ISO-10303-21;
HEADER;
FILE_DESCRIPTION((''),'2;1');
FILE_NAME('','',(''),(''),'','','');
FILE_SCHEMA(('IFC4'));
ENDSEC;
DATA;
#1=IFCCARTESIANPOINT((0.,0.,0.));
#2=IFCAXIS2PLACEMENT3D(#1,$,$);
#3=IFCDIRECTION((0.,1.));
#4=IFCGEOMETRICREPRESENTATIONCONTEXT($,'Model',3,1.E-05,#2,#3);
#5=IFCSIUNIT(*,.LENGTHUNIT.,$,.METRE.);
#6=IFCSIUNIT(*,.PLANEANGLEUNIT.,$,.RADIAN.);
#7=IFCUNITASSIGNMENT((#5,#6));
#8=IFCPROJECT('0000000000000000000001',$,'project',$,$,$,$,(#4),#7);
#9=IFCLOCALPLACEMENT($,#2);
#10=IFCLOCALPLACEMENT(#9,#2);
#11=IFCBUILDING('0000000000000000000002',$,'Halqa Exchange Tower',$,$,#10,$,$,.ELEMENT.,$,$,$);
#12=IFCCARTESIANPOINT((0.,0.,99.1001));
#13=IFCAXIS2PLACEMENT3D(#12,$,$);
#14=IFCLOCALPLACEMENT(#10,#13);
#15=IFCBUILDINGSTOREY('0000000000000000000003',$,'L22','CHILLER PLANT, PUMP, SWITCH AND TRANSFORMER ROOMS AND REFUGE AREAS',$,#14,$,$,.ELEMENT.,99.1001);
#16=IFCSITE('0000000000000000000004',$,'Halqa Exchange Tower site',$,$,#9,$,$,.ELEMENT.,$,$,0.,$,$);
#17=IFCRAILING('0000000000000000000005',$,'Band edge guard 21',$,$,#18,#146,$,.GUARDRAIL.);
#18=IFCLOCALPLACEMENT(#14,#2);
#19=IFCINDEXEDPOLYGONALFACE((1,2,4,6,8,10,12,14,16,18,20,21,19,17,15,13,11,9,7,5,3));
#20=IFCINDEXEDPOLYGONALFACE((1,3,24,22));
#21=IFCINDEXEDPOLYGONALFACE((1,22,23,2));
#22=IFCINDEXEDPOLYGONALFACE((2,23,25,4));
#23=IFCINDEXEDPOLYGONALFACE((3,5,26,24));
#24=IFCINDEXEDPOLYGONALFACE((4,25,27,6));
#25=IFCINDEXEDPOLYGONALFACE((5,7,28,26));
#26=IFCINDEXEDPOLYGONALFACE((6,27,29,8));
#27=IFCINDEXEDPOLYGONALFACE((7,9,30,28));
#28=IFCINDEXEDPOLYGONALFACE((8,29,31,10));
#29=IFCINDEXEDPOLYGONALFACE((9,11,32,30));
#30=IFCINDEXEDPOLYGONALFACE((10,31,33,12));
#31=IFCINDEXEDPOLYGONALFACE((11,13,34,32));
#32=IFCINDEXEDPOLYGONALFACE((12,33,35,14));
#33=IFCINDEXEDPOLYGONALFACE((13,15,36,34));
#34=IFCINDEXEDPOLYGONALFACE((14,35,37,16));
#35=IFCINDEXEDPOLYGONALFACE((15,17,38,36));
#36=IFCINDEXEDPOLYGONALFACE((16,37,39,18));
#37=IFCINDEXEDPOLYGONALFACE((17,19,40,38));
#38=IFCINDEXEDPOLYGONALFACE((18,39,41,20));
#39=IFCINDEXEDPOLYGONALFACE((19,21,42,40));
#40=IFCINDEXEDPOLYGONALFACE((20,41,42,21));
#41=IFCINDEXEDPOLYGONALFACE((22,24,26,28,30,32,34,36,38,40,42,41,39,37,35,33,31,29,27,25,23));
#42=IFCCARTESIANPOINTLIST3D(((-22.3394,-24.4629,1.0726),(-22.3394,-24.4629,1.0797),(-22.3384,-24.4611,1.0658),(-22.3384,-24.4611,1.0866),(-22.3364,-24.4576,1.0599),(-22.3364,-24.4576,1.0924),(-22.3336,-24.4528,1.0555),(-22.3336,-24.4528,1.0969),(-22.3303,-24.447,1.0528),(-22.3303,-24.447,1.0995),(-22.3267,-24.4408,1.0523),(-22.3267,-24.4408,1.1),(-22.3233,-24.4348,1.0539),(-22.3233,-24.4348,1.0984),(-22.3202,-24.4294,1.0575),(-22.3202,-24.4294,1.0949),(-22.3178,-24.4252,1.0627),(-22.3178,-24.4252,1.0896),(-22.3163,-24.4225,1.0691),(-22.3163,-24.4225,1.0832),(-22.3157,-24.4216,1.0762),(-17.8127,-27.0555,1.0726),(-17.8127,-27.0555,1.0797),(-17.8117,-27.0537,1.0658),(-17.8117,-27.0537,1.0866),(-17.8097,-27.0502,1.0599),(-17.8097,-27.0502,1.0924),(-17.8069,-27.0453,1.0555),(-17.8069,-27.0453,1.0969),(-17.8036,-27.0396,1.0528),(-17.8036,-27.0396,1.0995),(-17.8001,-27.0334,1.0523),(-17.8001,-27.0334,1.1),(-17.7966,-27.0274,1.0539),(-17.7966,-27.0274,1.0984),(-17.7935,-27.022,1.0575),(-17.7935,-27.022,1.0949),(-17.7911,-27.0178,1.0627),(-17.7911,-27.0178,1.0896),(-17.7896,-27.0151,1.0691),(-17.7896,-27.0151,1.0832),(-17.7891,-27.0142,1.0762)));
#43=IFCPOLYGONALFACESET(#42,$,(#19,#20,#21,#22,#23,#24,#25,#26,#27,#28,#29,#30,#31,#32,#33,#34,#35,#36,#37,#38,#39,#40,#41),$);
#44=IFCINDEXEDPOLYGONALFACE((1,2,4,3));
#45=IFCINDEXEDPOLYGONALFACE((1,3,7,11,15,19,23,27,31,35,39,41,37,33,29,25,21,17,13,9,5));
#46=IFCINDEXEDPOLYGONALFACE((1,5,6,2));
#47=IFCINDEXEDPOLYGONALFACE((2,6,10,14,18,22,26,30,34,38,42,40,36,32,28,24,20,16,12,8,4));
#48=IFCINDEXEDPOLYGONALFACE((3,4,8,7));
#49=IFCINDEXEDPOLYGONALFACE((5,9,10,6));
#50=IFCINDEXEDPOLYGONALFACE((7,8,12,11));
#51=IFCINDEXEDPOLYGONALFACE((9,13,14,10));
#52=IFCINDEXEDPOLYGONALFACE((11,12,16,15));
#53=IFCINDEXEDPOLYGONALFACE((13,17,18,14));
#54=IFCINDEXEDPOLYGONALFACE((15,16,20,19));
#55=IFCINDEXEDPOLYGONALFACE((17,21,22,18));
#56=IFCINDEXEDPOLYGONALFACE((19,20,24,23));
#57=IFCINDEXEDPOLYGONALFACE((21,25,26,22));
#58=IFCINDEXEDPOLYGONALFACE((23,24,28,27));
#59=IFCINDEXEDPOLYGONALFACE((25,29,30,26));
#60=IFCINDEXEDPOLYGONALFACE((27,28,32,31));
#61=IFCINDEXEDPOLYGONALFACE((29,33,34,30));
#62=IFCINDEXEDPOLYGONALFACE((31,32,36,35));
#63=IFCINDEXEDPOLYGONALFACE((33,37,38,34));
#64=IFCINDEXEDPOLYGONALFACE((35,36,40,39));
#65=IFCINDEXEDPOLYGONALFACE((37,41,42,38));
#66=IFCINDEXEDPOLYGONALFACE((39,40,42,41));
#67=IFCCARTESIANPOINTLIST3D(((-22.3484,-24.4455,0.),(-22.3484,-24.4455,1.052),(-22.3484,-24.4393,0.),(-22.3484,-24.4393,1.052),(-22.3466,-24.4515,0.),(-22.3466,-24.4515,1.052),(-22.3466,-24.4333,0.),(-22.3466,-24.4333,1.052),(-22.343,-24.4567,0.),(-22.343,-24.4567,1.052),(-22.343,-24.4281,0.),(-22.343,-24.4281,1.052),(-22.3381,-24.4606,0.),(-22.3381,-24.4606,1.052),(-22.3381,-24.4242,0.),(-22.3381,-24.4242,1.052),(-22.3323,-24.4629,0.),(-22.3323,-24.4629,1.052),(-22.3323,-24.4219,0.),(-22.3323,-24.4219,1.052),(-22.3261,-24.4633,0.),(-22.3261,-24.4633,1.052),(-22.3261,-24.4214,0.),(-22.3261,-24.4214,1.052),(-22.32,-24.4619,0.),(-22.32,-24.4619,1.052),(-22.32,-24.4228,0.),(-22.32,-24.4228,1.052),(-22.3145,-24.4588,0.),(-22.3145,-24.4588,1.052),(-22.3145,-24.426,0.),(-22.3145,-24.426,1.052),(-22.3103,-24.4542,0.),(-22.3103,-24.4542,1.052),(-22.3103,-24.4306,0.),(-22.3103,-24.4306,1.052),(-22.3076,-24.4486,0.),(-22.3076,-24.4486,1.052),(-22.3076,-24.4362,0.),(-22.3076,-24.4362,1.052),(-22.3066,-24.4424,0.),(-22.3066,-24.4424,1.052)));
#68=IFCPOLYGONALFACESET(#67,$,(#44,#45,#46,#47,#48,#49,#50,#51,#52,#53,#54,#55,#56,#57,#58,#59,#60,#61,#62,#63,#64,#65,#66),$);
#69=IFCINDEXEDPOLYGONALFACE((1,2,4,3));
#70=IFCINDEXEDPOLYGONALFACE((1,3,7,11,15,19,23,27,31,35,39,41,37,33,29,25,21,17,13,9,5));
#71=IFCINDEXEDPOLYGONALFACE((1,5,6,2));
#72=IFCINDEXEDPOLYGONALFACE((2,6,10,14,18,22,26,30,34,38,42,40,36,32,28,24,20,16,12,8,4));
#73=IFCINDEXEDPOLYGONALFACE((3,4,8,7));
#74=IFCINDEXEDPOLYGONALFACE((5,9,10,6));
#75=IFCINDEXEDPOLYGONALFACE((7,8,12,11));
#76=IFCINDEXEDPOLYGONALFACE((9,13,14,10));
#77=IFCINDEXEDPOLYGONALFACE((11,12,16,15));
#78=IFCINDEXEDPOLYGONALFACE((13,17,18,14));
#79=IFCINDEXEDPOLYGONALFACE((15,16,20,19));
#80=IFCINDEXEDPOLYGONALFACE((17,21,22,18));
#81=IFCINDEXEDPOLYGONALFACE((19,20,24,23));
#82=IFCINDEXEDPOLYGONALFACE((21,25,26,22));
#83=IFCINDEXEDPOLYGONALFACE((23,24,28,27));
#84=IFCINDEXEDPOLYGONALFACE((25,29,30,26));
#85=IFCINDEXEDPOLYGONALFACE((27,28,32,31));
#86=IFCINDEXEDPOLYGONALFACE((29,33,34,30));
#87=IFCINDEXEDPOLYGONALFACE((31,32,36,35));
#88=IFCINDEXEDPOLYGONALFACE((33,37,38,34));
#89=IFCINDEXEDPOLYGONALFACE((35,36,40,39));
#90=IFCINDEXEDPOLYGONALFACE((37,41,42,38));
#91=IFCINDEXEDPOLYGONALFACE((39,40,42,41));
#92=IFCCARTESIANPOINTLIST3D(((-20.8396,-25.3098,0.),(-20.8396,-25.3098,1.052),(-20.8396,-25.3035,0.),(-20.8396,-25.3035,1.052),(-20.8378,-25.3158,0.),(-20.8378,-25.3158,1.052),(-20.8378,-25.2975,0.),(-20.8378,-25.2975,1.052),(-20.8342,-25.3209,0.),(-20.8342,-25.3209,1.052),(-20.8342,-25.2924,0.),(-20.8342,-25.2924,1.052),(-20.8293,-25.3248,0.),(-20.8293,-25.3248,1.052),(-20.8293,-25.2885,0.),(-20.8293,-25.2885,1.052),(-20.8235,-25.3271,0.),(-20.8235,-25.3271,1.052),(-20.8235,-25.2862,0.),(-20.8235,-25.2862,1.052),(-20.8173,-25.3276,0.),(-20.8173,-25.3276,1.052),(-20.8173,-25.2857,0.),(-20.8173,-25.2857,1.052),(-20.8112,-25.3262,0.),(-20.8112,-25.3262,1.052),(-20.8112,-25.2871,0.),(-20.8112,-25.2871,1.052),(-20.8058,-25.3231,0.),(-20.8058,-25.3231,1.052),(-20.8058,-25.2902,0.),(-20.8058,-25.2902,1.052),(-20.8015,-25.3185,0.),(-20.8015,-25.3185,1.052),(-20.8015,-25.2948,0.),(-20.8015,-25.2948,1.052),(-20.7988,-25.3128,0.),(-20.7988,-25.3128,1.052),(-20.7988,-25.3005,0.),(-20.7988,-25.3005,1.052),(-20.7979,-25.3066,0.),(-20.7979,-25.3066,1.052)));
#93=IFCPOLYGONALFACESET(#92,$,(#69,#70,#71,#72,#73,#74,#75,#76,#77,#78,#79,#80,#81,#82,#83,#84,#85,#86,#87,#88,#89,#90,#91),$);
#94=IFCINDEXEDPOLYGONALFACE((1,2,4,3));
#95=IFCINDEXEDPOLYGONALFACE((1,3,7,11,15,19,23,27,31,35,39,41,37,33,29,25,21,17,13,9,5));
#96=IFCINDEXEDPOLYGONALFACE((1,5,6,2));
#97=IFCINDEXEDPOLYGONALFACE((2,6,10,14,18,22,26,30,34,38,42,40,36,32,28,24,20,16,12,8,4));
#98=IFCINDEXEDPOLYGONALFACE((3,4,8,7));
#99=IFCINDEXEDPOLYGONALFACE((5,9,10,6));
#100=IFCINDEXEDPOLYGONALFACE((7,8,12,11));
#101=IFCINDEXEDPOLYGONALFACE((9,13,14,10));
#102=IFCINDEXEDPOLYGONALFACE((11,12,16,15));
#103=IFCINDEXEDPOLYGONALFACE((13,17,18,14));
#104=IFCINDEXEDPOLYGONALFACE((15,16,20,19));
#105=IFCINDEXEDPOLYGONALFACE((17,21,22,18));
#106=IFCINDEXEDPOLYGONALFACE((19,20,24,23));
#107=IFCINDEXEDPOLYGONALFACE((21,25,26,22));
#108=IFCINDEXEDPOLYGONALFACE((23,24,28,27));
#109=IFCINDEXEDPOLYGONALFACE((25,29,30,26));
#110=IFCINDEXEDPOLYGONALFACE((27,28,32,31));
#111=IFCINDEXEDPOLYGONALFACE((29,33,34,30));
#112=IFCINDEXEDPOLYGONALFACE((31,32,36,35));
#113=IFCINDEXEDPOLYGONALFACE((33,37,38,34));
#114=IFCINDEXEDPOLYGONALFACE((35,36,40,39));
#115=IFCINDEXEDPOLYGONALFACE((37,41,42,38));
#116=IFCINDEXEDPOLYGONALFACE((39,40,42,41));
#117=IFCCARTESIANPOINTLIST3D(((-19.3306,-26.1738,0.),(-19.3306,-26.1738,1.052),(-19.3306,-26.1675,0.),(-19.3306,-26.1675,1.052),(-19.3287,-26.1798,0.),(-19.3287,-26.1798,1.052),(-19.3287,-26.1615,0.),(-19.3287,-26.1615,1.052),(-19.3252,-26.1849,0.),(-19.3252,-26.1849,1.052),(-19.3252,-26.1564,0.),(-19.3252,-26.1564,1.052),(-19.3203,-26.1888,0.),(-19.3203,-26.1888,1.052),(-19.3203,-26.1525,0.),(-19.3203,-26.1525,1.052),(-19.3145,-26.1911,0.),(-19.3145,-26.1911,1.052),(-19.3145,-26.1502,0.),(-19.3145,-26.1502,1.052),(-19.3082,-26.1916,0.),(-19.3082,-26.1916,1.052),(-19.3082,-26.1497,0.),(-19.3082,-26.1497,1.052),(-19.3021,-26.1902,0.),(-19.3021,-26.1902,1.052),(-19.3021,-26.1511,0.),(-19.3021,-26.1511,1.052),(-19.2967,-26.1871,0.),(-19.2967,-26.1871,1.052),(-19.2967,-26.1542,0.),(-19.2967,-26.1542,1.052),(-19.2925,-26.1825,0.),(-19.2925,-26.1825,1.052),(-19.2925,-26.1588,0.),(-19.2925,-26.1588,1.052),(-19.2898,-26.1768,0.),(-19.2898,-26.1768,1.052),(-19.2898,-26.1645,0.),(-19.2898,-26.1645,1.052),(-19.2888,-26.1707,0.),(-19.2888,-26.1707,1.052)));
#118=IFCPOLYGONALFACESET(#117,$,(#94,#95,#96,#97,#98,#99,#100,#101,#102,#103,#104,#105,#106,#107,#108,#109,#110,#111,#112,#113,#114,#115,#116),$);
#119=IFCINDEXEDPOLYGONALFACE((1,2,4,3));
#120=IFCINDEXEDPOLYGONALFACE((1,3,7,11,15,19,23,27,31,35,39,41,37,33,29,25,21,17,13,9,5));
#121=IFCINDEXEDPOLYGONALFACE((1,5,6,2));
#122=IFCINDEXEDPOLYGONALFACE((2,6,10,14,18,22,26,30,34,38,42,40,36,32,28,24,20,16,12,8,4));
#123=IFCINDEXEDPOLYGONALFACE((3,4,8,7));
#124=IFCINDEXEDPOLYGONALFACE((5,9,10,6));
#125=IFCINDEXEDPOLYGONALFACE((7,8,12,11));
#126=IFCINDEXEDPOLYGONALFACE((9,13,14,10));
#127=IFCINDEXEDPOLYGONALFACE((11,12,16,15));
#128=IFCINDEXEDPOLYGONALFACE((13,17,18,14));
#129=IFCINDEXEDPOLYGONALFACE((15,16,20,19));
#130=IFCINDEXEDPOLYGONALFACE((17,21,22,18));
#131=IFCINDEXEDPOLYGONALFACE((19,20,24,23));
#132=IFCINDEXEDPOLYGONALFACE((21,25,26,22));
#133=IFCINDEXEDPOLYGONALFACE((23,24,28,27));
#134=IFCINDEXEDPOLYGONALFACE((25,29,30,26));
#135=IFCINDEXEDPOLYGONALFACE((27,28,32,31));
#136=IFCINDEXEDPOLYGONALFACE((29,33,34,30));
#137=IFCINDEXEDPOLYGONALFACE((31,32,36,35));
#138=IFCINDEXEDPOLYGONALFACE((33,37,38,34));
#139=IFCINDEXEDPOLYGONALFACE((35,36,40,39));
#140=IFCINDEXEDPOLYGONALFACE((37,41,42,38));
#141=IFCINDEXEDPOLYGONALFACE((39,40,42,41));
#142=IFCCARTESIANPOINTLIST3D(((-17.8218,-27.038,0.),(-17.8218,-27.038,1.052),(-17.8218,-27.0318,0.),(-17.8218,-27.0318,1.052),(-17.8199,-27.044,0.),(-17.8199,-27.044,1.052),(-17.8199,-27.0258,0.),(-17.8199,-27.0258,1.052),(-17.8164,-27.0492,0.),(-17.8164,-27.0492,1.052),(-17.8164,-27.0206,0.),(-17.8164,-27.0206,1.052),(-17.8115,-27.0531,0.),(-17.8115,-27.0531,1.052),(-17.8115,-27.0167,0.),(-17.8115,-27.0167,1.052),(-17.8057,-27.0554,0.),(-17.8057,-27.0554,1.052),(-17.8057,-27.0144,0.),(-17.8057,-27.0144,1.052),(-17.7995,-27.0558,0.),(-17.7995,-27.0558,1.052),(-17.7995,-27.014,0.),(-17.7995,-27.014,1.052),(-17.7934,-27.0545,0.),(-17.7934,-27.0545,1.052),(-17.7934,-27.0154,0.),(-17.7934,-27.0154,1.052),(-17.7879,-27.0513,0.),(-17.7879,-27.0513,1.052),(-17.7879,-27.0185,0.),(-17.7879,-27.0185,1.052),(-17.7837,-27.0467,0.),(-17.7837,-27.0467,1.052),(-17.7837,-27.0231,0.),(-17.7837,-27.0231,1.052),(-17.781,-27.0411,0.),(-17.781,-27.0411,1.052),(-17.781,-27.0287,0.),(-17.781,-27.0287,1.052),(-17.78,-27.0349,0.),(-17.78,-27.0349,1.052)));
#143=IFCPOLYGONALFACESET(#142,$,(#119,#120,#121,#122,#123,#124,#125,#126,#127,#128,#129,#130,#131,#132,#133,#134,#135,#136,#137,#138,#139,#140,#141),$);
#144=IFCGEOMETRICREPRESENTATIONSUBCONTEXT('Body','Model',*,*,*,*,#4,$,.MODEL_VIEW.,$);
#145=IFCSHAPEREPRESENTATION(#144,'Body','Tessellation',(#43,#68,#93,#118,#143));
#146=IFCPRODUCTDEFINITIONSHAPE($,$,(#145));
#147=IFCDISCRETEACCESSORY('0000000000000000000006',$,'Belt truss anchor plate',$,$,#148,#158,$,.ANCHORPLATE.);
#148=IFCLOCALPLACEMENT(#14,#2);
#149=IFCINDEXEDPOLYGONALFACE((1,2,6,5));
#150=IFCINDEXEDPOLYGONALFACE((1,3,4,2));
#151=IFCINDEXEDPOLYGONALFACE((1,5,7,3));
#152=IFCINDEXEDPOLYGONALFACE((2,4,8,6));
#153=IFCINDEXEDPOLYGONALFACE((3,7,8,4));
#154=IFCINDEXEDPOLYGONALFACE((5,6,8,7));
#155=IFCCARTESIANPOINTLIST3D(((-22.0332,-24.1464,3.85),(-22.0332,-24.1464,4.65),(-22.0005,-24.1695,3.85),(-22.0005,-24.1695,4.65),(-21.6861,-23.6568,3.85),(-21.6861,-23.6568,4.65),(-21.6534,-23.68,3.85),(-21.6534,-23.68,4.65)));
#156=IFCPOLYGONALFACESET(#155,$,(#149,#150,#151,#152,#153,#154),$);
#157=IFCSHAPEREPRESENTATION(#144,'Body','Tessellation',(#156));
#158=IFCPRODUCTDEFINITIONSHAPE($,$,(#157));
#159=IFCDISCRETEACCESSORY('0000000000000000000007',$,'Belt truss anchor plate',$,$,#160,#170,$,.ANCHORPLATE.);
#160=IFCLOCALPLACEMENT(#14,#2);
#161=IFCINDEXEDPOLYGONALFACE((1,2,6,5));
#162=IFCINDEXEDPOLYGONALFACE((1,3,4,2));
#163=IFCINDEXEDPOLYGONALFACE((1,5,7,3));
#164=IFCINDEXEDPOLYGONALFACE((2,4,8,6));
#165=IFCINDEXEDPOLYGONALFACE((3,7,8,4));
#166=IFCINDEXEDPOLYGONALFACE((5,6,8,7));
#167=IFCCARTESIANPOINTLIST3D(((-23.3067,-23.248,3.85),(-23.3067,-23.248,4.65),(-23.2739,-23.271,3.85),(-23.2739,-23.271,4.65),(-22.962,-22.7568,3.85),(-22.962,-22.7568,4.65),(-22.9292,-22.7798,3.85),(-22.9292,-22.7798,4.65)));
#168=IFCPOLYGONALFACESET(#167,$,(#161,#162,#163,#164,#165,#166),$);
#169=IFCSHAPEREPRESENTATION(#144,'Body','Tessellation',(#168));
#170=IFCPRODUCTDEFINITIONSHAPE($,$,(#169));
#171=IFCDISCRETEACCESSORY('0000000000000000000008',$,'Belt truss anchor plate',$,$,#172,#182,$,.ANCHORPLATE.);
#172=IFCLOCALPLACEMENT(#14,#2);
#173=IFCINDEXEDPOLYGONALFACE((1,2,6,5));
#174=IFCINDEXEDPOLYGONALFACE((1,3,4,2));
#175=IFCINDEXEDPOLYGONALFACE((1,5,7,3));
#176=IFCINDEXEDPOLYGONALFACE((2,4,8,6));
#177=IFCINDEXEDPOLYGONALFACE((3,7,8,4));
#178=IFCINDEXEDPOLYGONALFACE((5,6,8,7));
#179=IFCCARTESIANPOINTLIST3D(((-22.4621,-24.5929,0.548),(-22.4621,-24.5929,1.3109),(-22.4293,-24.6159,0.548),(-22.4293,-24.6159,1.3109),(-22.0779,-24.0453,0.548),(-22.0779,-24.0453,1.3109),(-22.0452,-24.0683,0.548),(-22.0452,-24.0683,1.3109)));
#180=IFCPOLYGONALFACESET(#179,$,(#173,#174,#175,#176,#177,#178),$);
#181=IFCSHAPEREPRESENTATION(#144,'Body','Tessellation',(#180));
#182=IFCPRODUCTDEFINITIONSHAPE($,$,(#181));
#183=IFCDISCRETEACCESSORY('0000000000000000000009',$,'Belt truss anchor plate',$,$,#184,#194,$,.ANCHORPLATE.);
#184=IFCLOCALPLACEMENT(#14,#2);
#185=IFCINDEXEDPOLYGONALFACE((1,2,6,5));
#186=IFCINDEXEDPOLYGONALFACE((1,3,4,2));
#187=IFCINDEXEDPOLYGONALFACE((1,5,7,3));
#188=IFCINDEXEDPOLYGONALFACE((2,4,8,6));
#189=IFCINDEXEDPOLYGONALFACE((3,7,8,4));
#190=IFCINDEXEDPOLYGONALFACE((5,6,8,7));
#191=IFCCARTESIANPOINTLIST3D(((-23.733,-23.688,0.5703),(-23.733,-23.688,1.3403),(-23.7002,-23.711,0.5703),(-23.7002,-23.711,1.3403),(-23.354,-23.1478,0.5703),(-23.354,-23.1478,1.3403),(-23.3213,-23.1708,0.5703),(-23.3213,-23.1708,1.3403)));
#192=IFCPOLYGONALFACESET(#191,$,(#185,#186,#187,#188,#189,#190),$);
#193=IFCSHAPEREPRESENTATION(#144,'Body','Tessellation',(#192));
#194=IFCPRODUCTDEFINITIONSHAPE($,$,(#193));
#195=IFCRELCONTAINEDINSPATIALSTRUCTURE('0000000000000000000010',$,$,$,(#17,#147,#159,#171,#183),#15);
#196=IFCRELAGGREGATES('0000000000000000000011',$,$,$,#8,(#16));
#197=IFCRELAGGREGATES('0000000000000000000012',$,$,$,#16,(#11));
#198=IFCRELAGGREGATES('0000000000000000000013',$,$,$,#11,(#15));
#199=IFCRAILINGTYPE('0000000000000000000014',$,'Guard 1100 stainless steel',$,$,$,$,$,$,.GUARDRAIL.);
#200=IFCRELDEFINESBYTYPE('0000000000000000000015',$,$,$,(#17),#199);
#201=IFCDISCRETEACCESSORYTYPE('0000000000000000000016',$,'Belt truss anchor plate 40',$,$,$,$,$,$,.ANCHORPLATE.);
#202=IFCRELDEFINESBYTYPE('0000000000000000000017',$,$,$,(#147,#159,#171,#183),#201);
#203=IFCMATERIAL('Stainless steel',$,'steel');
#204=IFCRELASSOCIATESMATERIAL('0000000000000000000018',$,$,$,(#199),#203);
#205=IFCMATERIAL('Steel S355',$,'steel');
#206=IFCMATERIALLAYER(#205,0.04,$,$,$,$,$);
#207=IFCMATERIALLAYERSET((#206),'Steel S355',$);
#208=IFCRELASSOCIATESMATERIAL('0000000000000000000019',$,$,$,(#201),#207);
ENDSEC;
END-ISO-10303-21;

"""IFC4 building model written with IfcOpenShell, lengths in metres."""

from ifc_helpers import new_model, si_unit, direction, frame, origin, origin_2d, place, context, subcontext, project, spatial, rectangle, circle, extrude, material, layer, layer_set, type_object, element, save


model = new_model("IFC4")

# Units and contexts
model_context = context("Model", 3, precision=1e-05, world=origin(), true_north=direction((0.0, 1.0)))
body_context = subcontext(model_context, "Body", "Model", "MODEL_VIEW")
ifc_project = project(units=[si_unit("LENGTHUNIT", "METRE"), si_unit("PLANEANGLEUNIT", "RADIAN")], contexts=[model_context])

# Site, building, storey
site_placement = place(None, origin())
site = spatial("IfcSite", under=ifc_project, at=site_placement, Name="Halqa Exchange Tower site", CompositionType="ELEMENT", RefElevation=0.0)
building_placement = place(site_placement, origin())
building = spatial("IfcBuilding", under=site, at=building_placement, Name="Halqa Exchange Tower", CompositionType="ELEMENT")
storey_placement = place(building_placement, frame((0.0, 0.0, 99.1001)))
storey = spatial("IfcBuildingStorey", under=building, at=storey_placement, Name="L22", Description="CHILLER PLANT, PUMP, SWITCH AND TRANSFORMER ROOMS AND REFUGE AREAS", CompositionType="ELEMENT", Elevation=99.1001)

# Shared definitions
ifc_material_1 = material(Name="Steel S355", Category="steel")

# Railing
ifc_material_2 = material(Name="Stainless steel", Category="steel")
railing_type = type_object("IfcRailingType", Name="Guard 1100 stainless steel", PredefinedType="GUARDRAIL", material=ifc_material_2)
railing_placement = place(storey_placement, frame((-22.3276, -24.4424, 0.0)))
element("IfcRailing", 1, at=railing_placement, inside=storey, type_object=railing_type, Name="Band edge guard 21", PredefinedType="GUARDRAIL", context=body_context, shape_type="SweptSolid", body=[
    extrude(circle(Radius=0.0239, at=origin_2d()), frame((0.0, 0.0, 1.0762), z_axis=(0.867756, -0.49699, 0.0), x_axis=(0.49699, 0.867756, 0.0)), (0.0, 0.0, 1.0), 5.2166),
    extrude(circle(Radius=0.021, at=origin_2d()), origin(), (0.0, 0.0, 1.0), 1.052),
    extrude(circle(Radius=0.021, at=origin_2d()), frame((1.5088, -0.8643, 0.0)), (0.0, 0.0, 1.0), 1.052),
    extrude(circle(Radius=0.021, at=origin_2d()), frame((3.0178, -1.7283, 0.0)), (0.0, 0.0, 1.0), 1.052),
    extrude(circle(Radius=0.021, at=origin_2d()), frame((4.5266, -2.5925, 0.0)), (0.0, 0.0, 1.0), 1.052),
])

# Discrete accessories
ifc_layer_1 = layer(ifc_material_1, 0.04)
ifc_layer_set_1 = layer_set([ifc_layer_1], Name="Steel S355")
discrete_accessory_type = type_object("IfcDiscreteAccessoryType", Name="Belt truss anchor plate 40", PredefinedType="ANCHORPLATE", material=ifc_layer_set_1)
for number, where, z_axis, x_axis, name in (
    (2, (-21.8596, -23.9016, 4.25), (0.815785, -0.578355, 0.0), (0.578355, 0.815785, 0.0), "Belt truss anchor plate"),
    (3, (-23.1016, -23.0254, 4.25), (-0.818657, 0.574282, 0.0), (-0.574282, -0.818657, 0.0), "Belt truss anchor plate"),
):
    element("IfcDiscreteAccessory", number, at=place(storey_placement, frame(where, z_axis=z_axis, x_axis=x_axis)), inside=storey, type_object=discrete_accessory_type, Name=name, PredefinedType="ANCHORPLATE", context=body_context, shape_type="SweptSolid", body=[
        extrude(rectangle(XDim=0.6001, YDim=0.8, at=origin_2d()), origin(), (0.0, 0.0, 1.0), 0.04),
    ])
discrete_accessory_1_placement = place(storey_placement, frame((-22.27, -24.3191, 0.9294), z_axis=(0.818657, -0.574282, 0.0), x_axis=(0.574282, 0.818657, 0.0)))
element("IfcDiscreteAccessory", 4, at=discrete_accessory_1_placement, inside=storey, type_object=discrete_accessory_type, Name="Belt truss anchor plate", PredefinedType="ANCHORPLATE", context=body_context, shape_type="SweptSolid", body=[
    extrude(rectangle(XDim=0.6689, YDim=0.7629, at=origin_2d()), origin(), (0.0, 0.0, 1.0), 0.04),
])
discrete_accessory_2_placement = place(storey_placement, frame((-23.5107, -23.4409, 0.9553), z_axis=(-0.818657, 0.574282, 0.0), x_axis=(-0.574282, -0.818657, 0.0)))
element("IfcDiscreteAccessory", 5, at=discrete_accessory_2_placement, inside=storey, type_object=discrete_accessory_type, Name="Belt truss anchor plate", PredefinedType="ANCHORPLATE", context=body_context, shape_type="SweptSolid", body=[
    extrude(rectangle(XDim=0.6599, YDim=0.77, at=origin_2d()), origin(), (0.0, 0.0, 1.0), 0.04),
])

save(model, "model.ifc")
